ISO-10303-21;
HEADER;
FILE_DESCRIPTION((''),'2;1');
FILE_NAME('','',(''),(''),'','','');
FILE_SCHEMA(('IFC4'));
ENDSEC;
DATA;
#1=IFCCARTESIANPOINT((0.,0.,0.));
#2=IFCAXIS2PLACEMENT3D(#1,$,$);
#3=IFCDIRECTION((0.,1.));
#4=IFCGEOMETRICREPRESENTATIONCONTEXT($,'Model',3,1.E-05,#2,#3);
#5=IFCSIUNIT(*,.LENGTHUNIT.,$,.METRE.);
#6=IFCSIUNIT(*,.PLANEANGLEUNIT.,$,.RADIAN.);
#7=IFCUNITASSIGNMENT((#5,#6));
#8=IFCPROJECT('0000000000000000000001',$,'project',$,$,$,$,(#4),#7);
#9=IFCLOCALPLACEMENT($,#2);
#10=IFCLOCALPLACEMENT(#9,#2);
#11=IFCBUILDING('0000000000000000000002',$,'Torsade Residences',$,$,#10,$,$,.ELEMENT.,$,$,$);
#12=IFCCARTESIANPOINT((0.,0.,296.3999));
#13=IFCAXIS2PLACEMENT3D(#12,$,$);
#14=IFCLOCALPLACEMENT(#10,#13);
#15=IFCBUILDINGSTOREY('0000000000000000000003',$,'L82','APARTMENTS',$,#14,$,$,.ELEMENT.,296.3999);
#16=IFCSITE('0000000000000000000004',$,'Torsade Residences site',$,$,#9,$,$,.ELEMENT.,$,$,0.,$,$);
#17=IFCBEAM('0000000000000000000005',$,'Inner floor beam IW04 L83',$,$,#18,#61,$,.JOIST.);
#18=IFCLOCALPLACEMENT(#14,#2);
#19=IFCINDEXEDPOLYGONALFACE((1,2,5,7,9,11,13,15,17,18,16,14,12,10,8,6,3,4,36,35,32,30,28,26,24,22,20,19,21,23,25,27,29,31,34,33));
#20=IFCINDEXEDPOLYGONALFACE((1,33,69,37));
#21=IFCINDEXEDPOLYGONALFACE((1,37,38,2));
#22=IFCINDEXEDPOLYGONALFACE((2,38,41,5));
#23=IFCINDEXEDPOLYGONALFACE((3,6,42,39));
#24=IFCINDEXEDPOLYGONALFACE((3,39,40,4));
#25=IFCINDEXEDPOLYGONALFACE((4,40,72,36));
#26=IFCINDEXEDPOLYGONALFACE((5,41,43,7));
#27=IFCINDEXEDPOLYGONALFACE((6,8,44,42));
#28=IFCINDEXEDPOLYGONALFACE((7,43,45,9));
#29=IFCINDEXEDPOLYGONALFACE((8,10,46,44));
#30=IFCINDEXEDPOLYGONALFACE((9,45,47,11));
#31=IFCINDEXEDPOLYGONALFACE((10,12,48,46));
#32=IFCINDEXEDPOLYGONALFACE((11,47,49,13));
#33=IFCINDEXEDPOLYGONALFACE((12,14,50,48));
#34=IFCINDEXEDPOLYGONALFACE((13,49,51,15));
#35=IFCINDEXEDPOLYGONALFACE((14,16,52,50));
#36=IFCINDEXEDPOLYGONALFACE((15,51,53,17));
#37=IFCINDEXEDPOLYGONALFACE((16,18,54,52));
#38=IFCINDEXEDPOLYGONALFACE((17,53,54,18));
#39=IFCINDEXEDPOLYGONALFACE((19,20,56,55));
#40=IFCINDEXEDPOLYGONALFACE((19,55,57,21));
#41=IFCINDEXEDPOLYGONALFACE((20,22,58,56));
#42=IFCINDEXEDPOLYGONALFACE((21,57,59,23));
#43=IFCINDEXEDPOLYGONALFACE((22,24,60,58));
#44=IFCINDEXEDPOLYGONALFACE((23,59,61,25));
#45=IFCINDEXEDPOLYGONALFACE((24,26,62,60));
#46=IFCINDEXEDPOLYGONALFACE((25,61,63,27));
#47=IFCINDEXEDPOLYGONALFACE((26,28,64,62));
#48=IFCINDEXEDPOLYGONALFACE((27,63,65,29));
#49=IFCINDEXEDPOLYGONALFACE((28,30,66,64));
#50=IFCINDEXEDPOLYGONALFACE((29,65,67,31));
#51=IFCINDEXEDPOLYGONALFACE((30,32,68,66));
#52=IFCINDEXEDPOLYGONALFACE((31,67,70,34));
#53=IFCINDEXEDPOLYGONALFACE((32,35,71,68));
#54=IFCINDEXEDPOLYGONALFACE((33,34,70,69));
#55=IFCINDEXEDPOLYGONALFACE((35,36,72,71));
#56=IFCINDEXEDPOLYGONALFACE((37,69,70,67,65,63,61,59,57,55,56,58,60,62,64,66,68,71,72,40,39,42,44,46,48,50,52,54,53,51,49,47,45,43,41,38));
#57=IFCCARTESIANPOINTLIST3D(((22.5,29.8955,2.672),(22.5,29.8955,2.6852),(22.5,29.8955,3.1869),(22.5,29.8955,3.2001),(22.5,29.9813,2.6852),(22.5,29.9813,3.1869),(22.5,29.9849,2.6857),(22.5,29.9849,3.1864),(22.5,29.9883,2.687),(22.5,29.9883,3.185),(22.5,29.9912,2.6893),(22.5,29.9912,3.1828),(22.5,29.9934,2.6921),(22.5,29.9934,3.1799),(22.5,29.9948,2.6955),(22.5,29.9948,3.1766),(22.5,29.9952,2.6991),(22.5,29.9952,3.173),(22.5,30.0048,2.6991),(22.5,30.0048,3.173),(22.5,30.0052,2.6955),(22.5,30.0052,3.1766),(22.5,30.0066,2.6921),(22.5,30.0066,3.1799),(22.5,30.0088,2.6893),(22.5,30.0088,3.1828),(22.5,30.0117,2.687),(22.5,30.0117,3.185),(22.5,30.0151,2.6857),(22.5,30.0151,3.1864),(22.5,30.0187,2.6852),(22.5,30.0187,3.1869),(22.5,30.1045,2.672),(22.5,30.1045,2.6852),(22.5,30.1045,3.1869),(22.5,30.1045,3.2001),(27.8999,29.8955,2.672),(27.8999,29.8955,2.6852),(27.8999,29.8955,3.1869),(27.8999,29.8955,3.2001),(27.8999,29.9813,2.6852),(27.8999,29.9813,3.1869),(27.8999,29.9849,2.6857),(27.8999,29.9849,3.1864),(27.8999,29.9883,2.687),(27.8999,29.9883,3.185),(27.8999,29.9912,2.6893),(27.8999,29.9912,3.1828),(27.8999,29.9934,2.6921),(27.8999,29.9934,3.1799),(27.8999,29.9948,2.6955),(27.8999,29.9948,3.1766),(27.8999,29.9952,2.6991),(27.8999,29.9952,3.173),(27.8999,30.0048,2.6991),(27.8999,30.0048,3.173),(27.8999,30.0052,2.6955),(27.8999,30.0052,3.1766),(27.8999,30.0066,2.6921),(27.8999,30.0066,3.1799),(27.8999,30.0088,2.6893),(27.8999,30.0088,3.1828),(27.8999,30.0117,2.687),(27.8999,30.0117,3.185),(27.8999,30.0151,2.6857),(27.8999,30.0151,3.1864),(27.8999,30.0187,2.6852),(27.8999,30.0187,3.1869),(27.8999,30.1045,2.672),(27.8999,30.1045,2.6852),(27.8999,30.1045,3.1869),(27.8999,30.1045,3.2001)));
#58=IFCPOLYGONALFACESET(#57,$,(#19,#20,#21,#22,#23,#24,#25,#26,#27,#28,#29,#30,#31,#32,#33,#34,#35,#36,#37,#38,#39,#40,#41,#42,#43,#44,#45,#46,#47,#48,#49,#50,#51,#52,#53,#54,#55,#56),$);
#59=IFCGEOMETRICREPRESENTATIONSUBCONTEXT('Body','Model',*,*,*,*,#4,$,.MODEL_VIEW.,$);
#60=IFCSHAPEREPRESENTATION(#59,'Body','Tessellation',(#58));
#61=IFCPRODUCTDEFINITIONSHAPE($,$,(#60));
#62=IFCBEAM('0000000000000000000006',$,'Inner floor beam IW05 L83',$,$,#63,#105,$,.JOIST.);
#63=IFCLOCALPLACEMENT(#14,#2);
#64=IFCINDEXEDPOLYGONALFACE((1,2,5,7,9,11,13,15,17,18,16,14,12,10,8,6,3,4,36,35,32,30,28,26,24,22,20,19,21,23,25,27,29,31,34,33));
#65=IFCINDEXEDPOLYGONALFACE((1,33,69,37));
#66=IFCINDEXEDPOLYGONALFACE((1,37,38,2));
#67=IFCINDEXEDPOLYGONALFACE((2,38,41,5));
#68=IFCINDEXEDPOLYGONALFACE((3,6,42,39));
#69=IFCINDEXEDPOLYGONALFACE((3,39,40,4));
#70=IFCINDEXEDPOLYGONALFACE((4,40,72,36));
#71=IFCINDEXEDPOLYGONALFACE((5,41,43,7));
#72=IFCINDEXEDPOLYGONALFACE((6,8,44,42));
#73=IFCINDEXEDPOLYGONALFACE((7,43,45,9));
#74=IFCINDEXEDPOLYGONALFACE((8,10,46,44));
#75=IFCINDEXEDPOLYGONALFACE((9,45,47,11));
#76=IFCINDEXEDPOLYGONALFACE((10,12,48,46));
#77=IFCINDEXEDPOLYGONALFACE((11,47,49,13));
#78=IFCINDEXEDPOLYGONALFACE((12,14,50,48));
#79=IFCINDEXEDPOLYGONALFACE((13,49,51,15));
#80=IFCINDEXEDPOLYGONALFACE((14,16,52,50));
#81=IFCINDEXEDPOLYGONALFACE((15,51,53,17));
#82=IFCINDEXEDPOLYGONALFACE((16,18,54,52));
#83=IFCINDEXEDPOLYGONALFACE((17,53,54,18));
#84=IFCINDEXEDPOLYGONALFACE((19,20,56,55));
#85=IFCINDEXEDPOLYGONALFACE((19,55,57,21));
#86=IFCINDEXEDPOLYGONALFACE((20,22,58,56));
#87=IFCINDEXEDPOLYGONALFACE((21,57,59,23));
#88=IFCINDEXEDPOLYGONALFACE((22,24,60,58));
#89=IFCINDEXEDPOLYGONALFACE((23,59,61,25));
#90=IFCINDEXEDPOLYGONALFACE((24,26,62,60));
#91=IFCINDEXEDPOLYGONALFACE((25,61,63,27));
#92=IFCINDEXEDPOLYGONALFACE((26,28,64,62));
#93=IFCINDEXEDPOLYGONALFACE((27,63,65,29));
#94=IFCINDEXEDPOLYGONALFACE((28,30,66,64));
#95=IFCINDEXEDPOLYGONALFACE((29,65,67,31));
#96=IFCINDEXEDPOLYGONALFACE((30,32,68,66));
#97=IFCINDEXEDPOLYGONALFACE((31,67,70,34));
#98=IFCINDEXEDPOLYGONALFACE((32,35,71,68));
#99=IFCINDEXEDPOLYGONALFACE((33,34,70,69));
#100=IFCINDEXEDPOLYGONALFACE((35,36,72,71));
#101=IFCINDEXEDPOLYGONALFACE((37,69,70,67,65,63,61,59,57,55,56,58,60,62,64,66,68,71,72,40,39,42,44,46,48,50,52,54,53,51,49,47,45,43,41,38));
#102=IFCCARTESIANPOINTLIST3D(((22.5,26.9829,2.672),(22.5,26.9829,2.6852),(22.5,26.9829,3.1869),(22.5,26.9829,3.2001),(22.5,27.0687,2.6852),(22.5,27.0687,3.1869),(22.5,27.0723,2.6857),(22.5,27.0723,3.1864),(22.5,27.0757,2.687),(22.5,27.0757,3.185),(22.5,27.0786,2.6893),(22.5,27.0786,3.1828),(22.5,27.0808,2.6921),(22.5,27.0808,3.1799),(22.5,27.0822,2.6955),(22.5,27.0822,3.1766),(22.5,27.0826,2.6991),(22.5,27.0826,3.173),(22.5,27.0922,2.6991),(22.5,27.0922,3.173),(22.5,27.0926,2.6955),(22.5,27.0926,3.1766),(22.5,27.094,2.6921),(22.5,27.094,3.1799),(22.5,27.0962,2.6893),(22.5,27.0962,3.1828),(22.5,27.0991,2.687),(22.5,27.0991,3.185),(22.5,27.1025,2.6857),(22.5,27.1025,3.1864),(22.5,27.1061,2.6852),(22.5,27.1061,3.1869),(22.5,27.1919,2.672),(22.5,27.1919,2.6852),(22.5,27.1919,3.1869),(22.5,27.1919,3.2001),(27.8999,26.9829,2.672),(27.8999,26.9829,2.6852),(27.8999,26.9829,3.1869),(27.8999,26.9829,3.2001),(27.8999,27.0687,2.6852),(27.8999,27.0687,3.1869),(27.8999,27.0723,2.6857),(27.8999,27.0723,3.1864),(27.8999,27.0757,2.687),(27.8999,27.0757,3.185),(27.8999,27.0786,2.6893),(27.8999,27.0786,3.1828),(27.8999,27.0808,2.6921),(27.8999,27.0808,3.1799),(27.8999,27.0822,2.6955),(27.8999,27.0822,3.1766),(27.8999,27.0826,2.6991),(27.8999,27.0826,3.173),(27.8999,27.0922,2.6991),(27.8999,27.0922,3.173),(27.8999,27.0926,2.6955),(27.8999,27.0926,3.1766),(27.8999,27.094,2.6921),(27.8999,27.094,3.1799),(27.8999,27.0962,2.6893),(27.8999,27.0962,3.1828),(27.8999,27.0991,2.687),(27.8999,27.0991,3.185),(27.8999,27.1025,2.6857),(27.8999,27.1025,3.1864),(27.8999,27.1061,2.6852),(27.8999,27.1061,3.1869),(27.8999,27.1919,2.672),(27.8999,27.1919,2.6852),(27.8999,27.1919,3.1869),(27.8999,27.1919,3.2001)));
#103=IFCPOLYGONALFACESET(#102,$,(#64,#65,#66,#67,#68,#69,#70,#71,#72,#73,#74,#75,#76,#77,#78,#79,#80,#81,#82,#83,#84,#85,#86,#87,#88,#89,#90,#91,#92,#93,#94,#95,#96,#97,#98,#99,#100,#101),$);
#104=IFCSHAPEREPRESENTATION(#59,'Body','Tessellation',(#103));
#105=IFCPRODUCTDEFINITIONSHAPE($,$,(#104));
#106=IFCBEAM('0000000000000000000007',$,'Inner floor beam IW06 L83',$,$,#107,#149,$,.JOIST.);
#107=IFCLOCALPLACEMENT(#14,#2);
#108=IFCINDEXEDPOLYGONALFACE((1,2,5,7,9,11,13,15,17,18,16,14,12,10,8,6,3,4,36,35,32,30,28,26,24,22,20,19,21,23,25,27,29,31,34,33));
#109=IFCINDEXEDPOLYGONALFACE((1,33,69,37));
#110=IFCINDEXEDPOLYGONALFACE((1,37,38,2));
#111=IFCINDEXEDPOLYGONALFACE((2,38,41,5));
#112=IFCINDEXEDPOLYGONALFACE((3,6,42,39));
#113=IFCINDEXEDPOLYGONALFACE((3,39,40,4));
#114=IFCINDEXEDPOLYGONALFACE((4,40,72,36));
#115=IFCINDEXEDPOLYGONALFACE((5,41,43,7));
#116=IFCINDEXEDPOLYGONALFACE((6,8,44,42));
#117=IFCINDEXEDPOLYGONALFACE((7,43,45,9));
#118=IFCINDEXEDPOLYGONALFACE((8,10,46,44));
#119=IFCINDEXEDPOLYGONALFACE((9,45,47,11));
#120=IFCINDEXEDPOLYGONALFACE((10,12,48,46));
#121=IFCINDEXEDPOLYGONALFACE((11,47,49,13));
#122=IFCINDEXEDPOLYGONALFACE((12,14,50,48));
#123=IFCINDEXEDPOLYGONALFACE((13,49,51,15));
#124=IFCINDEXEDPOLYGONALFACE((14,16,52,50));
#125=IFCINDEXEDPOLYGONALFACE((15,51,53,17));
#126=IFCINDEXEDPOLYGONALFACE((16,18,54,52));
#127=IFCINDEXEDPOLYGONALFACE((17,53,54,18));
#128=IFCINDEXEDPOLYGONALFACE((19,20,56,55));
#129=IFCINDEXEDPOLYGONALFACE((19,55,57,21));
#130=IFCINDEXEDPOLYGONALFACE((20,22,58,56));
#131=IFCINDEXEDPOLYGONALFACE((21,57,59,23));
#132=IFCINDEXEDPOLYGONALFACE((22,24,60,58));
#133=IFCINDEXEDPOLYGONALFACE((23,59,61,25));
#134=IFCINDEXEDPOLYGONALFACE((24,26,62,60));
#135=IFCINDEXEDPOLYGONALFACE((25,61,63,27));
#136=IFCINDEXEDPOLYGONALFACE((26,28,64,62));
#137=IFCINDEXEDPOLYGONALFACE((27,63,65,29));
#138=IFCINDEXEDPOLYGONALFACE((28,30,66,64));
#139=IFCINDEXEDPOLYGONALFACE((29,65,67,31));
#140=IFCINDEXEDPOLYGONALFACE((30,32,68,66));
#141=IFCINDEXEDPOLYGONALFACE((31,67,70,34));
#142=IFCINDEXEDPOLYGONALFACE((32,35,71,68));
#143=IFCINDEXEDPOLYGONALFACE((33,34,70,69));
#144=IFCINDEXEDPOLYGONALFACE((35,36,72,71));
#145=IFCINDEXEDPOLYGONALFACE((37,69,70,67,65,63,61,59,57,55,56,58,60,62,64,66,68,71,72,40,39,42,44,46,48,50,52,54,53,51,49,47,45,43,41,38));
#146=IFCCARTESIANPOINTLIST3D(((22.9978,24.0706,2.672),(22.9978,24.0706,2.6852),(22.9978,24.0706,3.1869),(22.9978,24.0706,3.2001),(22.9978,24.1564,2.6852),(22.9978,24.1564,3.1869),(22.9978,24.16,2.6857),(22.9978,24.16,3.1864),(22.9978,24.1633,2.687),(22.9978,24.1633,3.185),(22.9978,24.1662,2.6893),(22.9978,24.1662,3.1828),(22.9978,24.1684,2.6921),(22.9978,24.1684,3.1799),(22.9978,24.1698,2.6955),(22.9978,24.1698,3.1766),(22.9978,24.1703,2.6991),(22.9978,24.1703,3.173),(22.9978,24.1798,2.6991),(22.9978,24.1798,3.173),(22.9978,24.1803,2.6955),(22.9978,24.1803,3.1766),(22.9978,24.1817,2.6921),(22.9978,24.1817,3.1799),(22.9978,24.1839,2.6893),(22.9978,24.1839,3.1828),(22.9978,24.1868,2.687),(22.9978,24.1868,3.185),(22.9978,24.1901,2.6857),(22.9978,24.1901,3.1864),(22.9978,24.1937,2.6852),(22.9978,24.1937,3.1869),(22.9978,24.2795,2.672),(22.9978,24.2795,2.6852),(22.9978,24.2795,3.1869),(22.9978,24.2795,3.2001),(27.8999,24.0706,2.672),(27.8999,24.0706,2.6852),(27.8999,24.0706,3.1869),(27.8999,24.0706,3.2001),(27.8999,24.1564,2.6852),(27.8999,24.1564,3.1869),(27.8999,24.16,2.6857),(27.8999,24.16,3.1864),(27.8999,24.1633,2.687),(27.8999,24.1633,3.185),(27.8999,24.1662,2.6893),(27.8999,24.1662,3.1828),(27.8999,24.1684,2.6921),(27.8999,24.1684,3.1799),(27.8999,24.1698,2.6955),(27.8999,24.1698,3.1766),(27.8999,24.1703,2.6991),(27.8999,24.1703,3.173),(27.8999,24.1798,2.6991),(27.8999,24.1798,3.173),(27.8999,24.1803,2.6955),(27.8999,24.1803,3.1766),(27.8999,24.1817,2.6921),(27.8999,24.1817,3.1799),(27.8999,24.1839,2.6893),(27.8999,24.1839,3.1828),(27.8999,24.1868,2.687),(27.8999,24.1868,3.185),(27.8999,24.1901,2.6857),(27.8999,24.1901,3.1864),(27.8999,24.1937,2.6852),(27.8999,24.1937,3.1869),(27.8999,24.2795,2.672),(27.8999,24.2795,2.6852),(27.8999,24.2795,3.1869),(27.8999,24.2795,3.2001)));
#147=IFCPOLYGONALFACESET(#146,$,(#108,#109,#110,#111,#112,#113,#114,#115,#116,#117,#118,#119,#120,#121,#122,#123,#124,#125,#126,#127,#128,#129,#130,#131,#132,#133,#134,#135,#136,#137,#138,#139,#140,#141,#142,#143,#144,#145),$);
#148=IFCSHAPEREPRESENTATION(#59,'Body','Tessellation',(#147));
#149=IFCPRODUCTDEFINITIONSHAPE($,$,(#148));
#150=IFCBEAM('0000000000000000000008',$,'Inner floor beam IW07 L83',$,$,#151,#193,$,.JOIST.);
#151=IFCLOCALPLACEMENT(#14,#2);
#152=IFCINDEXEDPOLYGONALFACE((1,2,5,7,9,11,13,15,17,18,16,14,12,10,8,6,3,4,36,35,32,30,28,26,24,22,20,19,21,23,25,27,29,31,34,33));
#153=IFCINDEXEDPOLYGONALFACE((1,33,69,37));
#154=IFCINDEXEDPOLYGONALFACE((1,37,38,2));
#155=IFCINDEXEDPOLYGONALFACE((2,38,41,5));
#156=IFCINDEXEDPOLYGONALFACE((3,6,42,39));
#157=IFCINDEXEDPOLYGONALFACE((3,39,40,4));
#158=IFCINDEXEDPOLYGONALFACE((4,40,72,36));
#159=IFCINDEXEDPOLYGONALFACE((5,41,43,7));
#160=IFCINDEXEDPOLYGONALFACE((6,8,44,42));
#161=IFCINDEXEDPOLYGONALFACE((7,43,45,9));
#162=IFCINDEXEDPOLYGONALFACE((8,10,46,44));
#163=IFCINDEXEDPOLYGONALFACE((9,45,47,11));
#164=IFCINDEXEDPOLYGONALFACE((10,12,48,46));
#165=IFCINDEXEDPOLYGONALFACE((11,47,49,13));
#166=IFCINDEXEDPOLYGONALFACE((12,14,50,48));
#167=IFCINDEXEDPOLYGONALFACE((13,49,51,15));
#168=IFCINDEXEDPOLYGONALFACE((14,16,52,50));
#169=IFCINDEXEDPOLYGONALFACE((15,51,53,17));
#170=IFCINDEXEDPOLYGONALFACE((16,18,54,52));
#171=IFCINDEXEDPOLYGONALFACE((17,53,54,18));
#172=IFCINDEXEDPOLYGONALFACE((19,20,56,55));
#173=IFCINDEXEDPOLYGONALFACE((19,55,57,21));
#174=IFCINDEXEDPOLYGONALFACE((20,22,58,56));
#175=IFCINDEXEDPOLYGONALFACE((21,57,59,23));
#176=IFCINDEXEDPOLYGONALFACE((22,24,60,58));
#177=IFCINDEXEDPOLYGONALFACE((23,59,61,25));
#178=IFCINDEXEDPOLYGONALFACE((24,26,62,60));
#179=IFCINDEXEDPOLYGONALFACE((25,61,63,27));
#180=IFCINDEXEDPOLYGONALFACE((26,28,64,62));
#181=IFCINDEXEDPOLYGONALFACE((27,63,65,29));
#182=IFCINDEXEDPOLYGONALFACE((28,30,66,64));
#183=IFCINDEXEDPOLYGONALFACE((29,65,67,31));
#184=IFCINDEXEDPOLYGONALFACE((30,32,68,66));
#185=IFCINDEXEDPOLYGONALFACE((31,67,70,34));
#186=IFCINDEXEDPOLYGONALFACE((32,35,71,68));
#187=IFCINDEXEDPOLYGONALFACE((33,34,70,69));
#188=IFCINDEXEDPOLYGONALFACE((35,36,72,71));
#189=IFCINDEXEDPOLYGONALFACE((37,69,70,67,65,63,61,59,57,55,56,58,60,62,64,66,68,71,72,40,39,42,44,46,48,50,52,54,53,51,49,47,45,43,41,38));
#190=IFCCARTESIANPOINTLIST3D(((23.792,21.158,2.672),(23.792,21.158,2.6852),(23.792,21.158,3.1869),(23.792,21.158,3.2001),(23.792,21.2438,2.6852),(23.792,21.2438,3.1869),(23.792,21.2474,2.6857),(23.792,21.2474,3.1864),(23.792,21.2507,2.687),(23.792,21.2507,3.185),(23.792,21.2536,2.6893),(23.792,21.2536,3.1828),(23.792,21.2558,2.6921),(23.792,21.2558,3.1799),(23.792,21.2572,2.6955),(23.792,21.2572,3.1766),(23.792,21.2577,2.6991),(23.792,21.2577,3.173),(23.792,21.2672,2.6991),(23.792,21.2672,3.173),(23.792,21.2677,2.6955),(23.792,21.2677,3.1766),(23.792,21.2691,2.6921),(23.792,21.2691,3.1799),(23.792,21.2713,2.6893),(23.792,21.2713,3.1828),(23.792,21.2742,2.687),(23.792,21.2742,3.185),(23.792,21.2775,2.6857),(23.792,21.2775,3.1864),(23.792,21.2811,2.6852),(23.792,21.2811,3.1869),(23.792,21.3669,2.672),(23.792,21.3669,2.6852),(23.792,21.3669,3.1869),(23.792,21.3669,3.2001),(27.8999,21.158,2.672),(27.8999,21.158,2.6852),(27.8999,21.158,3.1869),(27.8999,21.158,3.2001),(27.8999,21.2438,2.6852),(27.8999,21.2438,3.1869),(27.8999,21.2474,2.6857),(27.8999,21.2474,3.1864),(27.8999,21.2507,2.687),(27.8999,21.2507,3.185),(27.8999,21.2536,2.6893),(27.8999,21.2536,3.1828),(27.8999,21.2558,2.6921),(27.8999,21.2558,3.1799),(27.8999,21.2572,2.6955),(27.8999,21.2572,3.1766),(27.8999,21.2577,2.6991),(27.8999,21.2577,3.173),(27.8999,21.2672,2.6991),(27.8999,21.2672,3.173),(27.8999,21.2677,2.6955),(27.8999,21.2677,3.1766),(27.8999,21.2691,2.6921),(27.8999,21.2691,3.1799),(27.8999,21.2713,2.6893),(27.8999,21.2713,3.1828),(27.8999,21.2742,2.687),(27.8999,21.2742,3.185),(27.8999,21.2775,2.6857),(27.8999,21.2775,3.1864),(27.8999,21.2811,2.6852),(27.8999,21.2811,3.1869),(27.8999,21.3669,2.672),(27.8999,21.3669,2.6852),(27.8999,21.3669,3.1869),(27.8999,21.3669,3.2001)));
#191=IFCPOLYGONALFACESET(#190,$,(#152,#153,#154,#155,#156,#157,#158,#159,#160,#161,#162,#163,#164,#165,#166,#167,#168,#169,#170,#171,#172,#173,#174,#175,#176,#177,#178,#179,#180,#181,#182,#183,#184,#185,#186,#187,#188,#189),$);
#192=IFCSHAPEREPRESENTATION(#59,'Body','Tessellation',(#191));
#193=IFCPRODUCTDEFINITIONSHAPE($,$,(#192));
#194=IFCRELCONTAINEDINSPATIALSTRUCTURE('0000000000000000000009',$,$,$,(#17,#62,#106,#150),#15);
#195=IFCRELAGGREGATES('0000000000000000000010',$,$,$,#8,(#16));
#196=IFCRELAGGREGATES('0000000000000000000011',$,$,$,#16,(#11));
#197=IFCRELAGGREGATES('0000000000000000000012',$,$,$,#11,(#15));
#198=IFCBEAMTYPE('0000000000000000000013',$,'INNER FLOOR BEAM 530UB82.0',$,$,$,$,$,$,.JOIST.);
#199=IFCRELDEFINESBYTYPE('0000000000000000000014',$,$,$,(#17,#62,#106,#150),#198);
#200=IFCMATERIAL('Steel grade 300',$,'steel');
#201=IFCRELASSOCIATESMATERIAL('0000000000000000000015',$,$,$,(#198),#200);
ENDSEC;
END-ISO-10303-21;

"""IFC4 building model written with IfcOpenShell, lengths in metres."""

from ifc_helpers import new_model, si_unit, direction, frame, origin, origin_2d, place, context, subcontext, project, spatial, i_section, extrude, material, material_profile, profile_set, type_object, element, save


model = new_model("IFC4")

# Units and contexts
model_context = context("Model", 3, precision=1e-05, world=origin(), true_north=direction((0.0, 1.0)))
body_context = subcontext(model_context, "Body", "Model", "MODEL_VIEW")
ifc_project = project(units=[si_unit("LENGTHUNIT", "METRE"), si_unit("PLANEANGLEUNIT", "RADIAN")], contexts=[model_context])

# Site, building, storey
site_placement = place(None, origin())
site = spatial("IfcSite", under=ifc_project, at=site_placement, Name="Torsade Residences site", CompositionType="ELEMENT", RefElevation=0.0)
building_placement = place(site_placement, origin())
building = spatial("IfcBuilding", under=site, at=building_placement, Name="Torsade Residences", CompositionType="ELEMENT")
storey_placement = place(building_placement, frame((0.0, 0.0, 296.3999)))
storey = spatial("IfcBuildingStorey", under=building, at=storey_placement, Name="L82", Description="APARTMENTS", CompositionType="ELEMENT", Elevation=296.3999)

# Beams
ifc_material_1 = material(Name="Steel grade 300", Category="steel")
ifc_material_profile_1 = material_profile(ifc_material_1, i_section(OverallWidth=0.209, OverallDepth=0.5281, WebThickness=0.0095, FlangeThickness=0.0132, FilletRadius=0.0139, at=origin_2d()), Name="530UB82.0")
ifc_profile_set_1 = profile_set([ifc_material_profile_1], Name="Steel grade 300")
beam_type_1 = type_object("IfcBeamType", Name="INNER FLOOR BEAM 530UB82.0", PredefinedType="JOIST", material=ifc_profile_set_1)
for number, where, z_axis, x_axis, name in (
    (1, (27.8999, 30.0, 2.936), (-1.0, 0.0, 0.0), (0.0, -1.0, 0.0), "Inner floor beam IW04 L83"),
    (2, (27.8999, 27.0874, 2.936), (-1.0, 0.0, 0.0), (0.0, -1.0, 0.0), "Inner floor beam IW05 L83"),
):
    element("IfcBeam", number, at=place(storey_placement, frame(where, z_axis=z_axis, x_axis=x_axis)), inside=storey, type_object=beam_type_1, Name=name, PredefinedType="JOIST", context=body_context, shape_type="SweptSolid", body=[
        extrude(i_section(OverallWidth=0.209, OverallDepth=0.5281, WebThickness=0.0095, FlangeThickness=0.0132, FilletRadius=0.0139, at=origin_2d()), origin(), (0.0, 0.0, 1.0), 5.3999),
    ])
beam_1_placement = place(storey_placement, frame((27.8999, 24.175, 2.936), z_axis=(-1.0, 0.0, 0.0), x_axis=(0.0, -1.0, 0.0)))
element("IfcBeam", 3, at=beam_1_placement, inside=storey, type_object=beam_type_1, Name="Inner floor beam IW06 L83", PredefinedType="JOIST", context=body_context, shape_type="SweptSolid", body=[
    extrude(i_section(OverallWidth=0.209, OverallDepth=0.5281, WebThickness=0.0095, FlangeThickness=0.0132, FilletRadius=0.0139, at=origin_2d()), origin(), (0.0, 0.0, 1.0), 4.9021),
])
beam_2_placement = place(storey_placement, frame((27.8999, 21.2625, 2.936), z_axis=(-1.0, 0.0, 0.0), x_axis=(0.0, -1.0, 0.0)))
element("IfcBeam", 4, at=beam_2_placement, inside=storey, type_object=beam_type_1, Name="Inner floor beam IW07 L83", PredefinedType="JOIST", context=body_context, shape_type="SweptSolid", body=[
    extrude(i_section(OverallWidth=0.209, OverallDepth=0.5281, WebThickness=0.0095, FlangeThickness=0.0132, FilletRadius=0.0139, at=origin_2d()), origin(), (0.0, 0.0, 1.0), 4.1079),
])

save(model, "model.ifc")
